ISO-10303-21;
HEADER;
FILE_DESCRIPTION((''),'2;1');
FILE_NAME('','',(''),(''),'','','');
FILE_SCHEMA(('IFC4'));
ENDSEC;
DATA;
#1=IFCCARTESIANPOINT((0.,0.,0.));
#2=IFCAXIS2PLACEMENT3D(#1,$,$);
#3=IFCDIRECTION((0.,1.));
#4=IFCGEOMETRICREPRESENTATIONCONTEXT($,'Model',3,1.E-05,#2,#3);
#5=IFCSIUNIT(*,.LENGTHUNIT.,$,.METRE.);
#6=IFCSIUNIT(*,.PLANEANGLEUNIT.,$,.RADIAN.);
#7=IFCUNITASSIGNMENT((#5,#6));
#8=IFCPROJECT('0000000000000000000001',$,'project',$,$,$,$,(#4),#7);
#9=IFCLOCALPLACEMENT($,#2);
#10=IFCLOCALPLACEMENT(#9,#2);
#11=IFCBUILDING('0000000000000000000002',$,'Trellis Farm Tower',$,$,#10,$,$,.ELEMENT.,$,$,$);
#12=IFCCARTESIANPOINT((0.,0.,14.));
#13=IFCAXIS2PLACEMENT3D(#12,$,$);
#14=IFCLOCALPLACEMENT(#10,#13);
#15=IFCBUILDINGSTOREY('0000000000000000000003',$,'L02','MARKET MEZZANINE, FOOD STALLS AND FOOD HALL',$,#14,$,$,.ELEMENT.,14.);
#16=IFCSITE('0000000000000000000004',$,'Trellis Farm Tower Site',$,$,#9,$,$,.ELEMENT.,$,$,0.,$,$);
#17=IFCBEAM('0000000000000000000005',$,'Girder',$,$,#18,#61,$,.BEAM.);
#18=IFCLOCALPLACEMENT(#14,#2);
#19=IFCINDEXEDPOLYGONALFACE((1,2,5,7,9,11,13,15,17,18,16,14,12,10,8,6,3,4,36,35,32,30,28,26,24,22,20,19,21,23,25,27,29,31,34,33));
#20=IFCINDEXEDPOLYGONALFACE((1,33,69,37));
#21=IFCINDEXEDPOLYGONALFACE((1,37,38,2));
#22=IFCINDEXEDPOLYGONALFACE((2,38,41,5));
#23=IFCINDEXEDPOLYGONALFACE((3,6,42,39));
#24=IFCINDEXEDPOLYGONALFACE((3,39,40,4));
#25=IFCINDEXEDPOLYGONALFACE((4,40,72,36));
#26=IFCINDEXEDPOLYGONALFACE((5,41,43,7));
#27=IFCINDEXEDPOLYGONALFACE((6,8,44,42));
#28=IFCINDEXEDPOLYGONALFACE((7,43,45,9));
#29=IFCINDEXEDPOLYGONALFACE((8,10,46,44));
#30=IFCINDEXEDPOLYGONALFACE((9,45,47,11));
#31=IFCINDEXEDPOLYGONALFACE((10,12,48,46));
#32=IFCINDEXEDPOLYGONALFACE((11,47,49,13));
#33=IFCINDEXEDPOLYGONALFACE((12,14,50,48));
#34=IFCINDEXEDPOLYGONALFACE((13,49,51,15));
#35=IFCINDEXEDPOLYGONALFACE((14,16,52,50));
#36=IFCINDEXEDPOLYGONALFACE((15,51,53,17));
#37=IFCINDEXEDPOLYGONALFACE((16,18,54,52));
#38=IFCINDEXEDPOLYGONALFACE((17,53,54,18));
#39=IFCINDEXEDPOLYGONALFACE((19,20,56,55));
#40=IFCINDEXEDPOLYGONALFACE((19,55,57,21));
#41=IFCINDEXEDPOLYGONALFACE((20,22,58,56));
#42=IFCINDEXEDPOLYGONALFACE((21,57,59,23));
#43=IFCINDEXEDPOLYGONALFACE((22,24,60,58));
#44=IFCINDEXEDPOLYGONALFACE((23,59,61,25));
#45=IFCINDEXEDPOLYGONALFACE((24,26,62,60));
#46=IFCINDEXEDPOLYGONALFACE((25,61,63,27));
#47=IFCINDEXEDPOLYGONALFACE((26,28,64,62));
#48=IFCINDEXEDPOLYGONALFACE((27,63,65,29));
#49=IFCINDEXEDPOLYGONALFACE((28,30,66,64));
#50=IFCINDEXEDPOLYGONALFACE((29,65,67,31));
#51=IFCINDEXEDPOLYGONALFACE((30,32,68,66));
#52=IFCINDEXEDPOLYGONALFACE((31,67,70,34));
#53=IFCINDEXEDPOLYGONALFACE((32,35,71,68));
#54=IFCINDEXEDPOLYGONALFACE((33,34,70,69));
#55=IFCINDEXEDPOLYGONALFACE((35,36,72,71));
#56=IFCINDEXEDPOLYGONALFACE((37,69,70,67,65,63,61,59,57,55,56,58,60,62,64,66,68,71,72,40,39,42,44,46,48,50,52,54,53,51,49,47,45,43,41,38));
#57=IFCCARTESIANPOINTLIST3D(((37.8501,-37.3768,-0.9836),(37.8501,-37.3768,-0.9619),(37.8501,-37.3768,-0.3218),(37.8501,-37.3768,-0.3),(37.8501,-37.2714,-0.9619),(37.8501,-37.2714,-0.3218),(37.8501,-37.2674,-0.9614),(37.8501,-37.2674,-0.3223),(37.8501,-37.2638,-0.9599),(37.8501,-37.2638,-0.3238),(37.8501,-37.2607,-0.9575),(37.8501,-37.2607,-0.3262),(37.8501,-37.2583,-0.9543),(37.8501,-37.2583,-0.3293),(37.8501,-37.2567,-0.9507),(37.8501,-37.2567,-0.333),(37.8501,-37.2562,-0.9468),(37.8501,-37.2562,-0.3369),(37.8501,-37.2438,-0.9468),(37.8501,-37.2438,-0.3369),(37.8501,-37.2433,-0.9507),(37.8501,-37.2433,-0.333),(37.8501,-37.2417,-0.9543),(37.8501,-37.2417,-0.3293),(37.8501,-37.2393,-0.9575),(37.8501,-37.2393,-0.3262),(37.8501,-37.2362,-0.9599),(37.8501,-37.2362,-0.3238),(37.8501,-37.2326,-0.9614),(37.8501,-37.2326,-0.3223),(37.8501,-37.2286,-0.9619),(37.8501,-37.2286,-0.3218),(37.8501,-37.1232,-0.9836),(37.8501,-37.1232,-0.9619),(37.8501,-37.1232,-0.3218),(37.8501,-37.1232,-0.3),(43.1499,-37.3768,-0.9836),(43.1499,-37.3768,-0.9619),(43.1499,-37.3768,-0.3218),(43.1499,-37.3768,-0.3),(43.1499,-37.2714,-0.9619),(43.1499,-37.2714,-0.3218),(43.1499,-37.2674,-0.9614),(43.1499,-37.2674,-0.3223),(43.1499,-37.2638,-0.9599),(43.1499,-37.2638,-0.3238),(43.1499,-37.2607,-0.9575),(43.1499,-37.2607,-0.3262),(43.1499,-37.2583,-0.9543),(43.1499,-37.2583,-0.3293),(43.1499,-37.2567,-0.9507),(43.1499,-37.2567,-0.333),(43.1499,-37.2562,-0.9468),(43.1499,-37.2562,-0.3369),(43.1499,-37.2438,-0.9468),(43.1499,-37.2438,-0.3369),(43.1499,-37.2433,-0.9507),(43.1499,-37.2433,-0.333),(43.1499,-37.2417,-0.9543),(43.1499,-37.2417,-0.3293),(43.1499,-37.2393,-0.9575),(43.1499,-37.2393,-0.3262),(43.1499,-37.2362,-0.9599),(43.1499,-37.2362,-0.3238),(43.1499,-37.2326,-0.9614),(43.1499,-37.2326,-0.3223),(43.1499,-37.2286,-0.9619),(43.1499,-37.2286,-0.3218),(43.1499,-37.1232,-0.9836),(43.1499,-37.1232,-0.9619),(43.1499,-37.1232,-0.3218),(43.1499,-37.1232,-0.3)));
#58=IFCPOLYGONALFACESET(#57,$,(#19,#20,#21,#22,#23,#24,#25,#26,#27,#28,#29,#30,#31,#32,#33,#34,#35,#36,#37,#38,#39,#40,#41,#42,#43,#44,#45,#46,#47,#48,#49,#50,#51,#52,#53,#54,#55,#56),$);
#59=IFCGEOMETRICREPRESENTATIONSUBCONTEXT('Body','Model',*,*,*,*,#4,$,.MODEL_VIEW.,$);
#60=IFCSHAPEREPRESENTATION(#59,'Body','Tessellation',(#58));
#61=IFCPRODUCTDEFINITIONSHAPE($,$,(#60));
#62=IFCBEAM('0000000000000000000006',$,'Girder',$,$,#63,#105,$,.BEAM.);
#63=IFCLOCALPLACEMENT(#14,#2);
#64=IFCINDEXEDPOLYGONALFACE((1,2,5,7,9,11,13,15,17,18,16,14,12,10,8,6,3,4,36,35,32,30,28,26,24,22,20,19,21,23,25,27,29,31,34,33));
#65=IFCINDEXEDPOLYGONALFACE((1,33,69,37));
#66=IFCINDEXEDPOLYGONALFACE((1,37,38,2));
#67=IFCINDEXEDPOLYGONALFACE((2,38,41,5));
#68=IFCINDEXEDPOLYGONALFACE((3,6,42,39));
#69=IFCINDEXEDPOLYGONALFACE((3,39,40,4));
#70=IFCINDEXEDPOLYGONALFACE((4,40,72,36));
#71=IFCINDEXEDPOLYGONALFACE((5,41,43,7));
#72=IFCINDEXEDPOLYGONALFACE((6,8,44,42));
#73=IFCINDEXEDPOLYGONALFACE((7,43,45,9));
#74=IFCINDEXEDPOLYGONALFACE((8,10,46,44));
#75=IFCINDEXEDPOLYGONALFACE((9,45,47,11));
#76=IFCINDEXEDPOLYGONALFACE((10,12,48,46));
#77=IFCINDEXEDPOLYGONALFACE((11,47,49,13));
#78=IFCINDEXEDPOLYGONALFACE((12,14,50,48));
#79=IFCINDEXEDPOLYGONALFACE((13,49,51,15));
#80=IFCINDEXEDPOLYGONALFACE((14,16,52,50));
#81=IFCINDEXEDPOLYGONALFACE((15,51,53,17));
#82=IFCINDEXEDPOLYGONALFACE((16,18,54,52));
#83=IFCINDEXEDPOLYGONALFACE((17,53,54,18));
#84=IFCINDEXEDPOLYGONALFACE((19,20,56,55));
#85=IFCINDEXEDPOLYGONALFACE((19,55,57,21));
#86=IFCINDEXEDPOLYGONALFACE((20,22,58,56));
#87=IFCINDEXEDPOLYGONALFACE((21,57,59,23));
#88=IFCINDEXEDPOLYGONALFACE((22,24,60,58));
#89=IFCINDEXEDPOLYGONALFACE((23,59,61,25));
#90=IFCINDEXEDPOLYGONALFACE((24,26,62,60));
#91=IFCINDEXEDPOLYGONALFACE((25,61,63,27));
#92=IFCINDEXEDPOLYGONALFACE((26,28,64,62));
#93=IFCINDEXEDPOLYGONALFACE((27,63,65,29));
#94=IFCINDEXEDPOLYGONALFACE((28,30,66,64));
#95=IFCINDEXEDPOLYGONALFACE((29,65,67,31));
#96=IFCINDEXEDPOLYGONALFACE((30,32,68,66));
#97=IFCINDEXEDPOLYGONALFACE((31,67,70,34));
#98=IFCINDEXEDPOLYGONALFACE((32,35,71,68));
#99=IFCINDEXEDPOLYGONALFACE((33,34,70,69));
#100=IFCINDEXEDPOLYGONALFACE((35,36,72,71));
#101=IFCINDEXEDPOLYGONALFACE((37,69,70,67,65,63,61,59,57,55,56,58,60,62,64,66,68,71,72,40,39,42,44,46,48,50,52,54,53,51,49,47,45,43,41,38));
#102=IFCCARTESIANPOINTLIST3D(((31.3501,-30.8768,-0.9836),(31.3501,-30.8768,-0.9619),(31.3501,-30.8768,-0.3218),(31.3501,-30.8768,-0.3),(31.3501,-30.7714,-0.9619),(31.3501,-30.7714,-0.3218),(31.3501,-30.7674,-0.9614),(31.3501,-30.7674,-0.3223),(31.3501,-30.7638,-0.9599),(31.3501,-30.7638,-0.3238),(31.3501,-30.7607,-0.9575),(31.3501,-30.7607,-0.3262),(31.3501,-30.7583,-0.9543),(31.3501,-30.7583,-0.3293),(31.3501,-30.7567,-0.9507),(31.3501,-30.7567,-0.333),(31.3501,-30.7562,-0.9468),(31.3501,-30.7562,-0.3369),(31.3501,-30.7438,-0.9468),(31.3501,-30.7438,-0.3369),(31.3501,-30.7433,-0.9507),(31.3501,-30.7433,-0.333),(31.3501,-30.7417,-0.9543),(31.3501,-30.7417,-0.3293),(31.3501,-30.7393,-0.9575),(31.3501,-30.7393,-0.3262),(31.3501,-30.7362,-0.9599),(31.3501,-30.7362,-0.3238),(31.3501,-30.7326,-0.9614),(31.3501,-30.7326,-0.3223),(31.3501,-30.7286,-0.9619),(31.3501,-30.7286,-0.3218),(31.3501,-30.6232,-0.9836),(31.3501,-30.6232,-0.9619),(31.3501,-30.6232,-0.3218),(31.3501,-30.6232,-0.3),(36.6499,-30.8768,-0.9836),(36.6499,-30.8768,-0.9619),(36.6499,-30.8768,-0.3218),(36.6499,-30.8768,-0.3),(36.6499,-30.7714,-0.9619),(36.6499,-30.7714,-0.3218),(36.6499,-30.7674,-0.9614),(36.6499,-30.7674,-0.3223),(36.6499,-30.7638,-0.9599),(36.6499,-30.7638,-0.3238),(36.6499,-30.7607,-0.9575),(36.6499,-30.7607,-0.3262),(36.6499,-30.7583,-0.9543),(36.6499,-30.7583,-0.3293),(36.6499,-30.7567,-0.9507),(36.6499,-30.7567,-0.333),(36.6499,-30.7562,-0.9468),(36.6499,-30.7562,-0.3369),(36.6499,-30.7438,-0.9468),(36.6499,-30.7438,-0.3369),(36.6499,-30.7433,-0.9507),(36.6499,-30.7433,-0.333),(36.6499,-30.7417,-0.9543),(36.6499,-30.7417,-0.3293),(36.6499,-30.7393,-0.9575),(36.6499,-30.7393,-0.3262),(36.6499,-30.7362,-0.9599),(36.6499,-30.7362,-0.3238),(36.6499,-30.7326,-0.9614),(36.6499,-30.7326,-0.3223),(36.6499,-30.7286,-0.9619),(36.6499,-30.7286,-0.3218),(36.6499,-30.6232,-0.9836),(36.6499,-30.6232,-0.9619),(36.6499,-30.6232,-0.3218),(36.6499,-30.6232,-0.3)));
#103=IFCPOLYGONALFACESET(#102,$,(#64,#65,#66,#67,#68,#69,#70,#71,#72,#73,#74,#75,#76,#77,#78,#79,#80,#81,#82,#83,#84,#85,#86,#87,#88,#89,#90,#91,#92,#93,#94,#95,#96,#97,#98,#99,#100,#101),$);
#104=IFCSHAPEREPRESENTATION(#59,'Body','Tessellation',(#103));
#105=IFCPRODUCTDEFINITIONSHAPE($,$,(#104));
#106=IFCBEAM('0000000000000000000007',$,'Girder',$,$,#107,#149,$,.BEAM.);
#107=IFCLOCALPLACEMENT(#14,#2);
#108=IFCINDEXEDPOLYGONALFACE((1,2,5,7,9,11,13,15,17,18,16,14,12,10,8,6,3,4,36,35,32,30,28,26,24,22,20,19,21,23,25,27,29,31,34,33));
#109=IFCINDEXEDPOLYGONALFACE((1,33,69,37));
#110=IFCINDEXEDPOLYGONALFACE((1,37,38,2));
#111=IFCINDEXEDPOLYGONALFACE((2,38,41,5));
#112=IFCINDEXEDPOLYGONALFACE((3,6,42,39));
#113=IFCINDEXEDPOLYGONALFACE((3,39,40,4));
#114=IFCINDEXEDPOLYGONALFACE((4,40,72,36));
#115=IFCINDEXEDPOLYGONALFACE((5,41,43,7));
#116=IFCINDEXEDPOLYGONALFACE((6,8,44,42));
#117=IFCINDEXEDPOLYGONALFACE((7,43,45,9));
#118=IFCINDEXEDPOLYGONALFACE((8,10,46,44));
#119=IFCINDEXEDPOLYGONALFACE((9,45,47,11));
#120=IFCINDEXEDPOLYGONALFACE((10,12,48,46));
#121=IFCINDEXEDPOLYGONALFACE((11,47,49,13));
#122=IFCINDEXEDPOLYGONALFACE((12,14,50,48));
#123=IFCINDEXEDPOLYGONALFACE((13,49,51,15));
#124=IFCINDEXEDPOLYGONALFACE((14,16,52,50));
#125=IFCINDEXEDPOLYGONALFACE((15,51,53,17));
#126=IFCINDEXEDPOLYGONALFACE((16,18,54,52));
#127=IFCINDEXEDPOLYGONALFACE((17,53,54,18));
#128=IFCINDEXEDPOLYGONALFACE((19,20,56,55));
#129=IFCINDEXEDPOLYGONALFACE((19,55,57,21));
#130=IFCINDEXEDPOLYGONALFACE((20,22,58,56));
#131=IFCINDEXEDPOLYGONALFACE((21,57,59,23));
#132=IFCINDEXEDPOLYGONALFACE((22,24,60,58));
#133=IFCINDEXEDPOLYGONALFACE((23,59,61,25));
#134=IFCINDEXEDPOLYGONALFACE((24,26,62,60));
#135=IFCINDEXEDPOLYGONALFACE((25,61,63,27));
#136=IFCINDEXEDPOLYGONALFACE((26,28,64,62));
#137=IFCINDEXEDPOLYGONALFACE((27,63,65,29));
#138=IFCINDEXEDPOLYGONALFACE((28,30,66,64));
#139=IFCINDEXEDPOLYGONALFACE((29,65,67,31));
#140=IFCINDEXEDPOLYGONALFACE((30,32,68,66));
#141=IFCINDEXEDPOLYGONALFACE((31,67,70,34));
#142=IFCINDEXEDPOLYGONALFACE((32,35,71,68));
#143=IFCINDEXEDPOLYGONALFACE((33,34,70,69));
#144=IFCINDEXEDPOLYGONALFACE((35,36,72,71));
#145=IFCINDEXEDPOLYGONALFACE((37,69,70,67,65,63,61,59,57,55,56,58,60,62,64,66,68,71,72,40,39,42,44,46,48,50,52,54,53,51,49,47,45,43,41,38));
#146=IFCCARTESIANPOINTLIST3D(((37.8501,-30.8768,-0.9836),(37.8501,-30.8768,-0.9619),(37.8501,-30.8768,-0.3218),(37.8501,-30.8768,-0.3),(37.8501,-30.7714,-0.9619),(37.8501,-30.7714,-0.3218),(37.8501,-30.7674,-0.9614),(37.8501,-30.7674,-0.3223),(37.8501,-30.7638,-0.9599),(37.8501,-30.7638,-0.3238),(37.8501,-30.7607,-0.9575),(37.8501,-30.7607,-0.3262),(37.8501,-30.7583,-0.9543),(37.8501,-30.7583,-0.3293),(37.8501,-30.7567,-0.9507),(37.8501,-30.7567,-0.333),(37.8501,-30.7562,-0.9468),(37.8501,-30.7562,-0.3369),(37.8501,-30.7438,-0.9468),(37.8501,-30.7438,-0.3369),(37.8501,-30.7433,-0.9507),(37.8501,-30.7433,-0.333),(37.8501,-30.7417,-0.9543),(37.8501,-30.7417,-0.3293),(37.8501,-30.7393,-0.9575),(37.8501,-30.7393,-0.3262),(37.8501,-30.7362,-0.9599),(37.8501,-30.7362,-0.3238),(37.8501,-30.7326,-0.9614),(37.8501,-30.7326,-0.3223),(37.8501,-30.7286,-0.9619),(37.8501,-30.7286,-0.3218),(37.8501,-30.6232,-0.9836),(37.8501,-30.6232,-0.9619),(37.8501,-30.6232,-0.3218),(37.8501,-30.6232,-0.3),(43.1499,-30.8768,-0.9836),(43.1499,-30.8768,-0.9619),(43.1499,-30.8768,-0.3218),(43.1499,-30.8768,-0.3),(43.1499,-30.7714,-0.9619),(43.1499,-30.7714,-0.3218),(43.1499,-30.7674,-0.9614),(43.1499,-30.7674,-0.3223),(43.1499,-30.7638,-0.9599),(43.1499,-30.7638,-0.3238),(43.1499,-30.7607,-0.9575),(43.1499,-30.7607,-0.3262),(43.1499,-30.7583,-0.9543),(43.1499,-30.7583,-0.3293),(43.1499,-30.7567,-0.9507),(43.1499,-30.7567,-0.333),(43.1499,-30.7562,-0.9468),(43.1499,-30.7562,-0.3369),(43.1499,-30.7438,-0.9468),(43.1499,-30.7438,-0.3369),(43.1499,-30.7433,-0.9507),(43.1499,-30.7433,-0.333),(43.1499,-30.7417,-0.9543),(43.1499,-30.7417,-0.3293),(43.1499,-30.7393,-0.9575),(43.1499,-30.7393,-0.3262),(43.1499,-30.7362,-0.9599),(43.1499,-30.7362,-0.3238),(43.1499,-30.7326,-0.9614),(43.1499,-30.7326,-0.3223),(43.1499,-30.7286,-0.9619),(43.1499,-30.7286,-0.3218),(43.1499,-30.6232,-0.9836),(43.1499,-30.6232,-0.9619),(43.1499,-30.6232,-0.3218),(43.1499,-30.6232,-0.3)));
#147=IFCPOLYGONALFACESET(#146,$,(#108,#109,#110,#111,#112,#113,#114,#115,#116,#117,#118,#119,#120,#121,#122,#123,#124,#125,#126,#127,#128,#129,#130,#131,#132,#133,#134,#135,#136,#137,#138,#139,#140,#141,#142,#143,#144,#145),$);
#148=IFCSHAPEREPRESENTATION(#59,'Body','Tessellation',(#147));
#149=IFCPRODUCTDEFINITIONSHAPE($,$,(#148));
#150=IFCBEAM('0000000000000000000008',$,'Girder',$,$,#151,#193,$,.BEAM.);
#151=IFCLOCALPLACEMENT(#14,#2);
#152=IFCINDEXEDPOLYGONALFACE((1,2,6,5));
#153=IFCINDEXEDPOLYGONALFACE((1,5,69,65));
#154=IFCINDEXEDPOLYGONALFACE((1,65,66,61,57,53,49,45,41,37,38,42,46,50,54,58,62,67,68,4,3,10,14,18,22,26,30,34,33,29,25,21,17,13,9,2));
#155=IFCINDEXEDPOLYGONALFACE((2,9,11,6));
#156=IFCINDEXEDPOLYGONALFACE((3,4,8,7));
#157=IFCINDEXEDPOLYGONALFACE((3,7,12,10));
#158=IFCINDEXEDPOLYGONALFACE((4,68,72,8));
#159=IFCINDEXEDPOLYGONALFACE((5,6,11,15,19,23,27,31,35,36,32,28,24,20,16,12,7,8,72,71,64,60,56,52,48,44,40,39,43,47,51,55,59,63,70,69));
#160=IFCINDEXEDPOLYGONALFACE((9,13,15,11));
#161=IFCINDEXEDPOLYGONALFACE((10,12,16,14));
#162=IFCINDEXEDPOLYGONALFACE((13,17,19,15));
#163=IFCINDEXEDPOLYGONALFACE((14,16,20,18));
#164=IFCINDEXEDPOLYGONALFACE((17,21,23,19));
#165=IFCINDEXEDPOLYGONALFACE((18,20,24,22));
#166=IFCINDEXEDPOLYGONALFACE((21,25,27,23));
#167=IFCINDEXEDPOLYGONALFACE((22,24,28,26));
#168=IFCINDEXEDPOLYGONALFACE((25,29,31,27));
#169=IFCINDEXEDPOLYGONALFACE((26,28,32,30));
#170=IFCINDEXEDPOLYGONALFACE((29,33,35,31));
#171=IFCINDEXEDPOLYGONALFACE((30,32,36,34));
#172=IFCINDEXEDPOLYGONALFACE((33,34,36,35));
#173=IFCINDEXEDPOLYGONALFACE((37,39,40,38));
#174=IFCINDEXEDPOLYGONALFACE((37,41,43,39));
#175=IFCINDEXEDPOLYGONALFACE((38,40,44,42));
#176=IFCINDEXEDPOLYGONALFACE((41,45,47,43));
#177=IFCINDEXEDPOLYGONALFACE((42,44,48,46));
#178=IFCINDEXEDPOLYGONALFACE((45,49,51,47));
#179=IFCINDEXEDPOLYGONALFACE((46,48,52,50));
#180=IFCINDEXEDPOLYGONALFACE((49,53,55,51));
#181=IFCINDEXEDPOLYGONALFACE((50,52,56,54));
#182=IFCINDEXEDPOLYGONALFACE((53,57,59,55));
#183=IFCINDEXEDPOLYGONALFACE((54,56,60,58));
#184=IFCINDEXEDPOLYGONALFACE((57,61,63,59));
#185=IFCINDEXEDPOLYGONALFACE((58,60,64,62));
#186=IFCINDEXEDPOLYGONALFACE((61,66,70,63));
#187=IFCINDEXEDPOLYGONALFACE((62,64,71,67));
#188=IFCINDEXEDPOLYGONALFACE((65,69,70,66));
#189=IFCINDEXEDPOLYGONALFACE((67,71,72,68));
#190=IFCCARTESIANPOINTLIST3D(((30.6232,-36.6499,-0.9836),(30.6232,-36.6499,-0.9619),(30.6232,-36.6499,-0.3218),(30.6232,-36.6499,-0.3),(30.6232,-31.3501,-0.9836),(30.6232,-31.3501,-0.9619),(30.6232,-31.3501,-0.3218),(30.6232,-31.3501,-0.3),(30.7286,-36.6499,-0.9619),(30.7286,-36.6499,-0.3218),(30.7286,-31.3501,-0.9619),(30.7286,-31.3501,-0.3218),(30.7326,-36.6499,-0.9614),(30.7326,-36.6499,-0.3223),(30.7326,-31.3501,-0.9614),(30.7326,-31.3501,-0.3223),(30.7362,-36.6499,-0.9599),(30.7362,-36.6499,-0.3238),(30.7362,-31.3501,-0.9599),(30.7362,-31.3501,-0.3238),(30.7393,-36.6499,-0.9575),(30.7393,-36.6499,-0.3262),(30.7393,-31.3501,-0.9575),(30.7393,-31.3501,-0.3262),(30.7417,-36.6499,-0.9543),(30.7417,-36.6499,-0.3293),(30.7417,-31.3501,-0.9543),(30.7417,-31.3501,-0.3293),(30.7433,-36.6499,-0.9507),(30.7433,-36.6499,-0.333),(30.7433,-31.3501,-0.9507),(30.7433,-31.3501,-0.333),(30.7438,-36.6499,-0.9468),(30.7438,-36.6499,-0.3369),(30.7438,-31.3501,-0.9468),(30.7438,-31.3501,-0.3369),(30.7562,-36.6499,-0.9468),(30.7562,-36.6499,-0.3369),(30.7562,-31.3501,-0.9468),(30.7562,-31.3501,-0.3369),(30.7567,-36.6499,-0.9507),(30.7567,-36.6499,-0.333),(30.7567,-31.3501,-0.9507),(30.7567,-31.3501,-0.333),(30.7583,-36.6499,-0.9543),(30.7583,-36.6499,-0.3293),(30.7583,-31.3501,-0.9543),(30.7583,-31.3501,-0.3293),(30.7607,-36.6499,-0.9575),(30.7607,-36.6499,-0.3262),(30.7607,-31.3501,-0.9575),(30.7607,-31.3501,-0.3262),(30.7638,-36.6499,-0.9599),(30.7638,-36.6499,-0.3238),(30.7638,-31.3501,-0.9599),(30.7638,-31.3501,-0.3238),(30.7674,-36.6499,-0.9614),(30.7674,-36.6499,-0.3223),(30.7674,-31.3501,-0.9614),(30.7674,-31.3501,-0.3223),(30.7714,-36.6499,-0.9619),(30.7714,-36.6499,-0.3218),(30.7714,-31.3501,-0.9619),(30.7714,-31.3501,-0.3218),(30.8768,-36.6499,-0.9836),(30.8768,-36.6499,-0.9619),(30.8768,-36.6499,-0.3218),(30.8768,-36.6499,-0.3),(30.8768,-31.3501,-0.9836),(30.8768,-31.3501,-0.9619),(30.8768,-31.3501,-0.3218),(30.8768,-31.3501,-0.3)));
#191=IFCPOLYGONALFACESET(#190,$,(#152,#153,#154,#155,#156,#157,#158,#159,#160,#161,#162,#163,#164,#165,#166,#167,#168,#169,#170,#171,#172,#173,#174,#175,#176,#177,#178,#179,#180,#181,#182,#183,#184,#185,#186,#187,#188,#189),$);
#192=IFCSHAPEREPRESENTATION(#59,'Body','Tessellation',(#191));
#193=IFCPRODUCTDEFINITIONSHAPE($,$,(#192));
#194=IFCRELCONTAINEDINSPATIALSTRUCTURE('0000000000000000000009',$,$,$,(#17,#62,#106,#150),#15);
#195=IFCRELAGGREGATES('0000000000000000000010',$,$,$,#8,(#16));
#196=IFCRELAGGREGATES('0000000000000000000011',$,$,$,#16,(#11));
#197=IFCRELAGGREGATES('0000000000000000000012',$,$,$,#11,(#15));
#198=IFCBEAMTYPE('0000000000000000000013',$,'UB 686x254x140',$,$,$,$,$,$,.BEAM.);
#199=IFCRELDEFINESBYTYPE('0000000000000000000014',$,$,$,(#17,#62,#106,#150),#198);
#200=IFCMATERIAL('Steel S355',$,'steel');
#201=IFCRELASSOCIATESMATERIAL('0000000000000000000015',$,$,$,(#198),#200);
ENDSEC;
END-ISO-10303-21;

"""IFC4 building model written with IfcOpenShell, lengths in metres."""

from ifc_helpers import new_model, si_unit, direction, frame, origin, origin_2d, place, context, subcontext, project, spatial, i_section, extrude, source, transform, mapped, material, material_profile, profile_set, type_object, element, save


model = new_model("IFC4")

# Units and contexts
model_context = context("Model", 3, precision=1e-05, world=origin(), true_north=direction((0.0, 1.0)))
body_context = subcontext(model_context, "Body", "Model", "MODEL_VIEW")
ifc_project = project(units=[si_unit("LENGTHUNIT", "METRE"), si_unit("PLANEANGLEUNIT", "RADIAN")], contexts=[model_context])

# Site, building, storey
site_placement = place(None, origin())
site = spatial("IfcSite", under=ifc_project, at=site_placement, Name="Trellis Farm Tower Site", CompositionType="ELEMENT", RefElevation=0.0)
building_placement = place(site_placement, origin())
building = spatial("IfcBuilding", under=site, at=building_placement, Name="Trellis Farm Tower", CompositionType="ELEMENT")
storey_placement = place(building_placement, frame((0.0, 0.0, 14.0)))
storey = spatial("IfcBuildingStorey", under=building, at=storey_placement, Name="L02", Description="MARKET MEZZANINE, FOOD STALLS AND FOOD HALL", CompositionType="ELEMENT", Elevation=14.0)

# Beams
ifc_material_1 = material(Name="Steel S355", Category="steel")
ifc_material_profile_1 = material_profile(ifc_material_1, i_section(OverallWidth=0.2537, OverallDepth=0.6836, WebThickness=0.0125, FlangeThickness=0.0217, FilletRadius=0.0151, at=origin_2d()), Name="UB 686x254x140")
ifc_profile_set_1 = profile_set([ifc_material_profile_1], Name="Steel S355")
beam_type_1 = type_object("IfcBeamType", Name="UB 686x254x140", PredefinedType="BEAM", material=ifc_profile_set_1)
shared_shape_1 = source(origin(), body_context, "Body", "SweptSolid", [
    extrude(i_section(OverallWidth=0.2537, OverallDepth=0.6836, WebThickness=0.0125, FlangeThickness=0.0217, FilletRadius=0.0151, at=origin_2d()), origin(), (0.0, 0.0, 1.0), 5.2998),
])
for number, where, z_axis, x_axis, name in (
    (1, (37.8501, -37.25, -0.6418), (1.0, 0.0, 0.0), (0.0, 1.0, 0.0), "Girder"),
    (2, (31.3501, -30.75, -0.6418), (1.0, 0.0, 0.0), (0.0, 1.0, 0.0), "Girder"),
    (3, (37.8501, -30.75, -0.6418), (1.0, 0.0, 0.0), (0.0, 1.0, 0.0), "Girder"),
    (4, (30.75, -36.6499, -0.6418), (0.0, 1.0, 0.0), (-1.0, 0.0, 0.0), "Girder"),
):
    element("IfcBeam", number, at=place(storey_placement, frame(where, z_axis=z_axis, x_axis=x_axis)), inside=storey, type_object=beam_type_1, Name=name, PredefinedType="BEAM", context=body_context, shape_type="MappedRepresentation", body=[
        mapped(shared_shape_1, transform((0.0, 0.0, 0.0))),
    ])

save(model, "model.ifc")
